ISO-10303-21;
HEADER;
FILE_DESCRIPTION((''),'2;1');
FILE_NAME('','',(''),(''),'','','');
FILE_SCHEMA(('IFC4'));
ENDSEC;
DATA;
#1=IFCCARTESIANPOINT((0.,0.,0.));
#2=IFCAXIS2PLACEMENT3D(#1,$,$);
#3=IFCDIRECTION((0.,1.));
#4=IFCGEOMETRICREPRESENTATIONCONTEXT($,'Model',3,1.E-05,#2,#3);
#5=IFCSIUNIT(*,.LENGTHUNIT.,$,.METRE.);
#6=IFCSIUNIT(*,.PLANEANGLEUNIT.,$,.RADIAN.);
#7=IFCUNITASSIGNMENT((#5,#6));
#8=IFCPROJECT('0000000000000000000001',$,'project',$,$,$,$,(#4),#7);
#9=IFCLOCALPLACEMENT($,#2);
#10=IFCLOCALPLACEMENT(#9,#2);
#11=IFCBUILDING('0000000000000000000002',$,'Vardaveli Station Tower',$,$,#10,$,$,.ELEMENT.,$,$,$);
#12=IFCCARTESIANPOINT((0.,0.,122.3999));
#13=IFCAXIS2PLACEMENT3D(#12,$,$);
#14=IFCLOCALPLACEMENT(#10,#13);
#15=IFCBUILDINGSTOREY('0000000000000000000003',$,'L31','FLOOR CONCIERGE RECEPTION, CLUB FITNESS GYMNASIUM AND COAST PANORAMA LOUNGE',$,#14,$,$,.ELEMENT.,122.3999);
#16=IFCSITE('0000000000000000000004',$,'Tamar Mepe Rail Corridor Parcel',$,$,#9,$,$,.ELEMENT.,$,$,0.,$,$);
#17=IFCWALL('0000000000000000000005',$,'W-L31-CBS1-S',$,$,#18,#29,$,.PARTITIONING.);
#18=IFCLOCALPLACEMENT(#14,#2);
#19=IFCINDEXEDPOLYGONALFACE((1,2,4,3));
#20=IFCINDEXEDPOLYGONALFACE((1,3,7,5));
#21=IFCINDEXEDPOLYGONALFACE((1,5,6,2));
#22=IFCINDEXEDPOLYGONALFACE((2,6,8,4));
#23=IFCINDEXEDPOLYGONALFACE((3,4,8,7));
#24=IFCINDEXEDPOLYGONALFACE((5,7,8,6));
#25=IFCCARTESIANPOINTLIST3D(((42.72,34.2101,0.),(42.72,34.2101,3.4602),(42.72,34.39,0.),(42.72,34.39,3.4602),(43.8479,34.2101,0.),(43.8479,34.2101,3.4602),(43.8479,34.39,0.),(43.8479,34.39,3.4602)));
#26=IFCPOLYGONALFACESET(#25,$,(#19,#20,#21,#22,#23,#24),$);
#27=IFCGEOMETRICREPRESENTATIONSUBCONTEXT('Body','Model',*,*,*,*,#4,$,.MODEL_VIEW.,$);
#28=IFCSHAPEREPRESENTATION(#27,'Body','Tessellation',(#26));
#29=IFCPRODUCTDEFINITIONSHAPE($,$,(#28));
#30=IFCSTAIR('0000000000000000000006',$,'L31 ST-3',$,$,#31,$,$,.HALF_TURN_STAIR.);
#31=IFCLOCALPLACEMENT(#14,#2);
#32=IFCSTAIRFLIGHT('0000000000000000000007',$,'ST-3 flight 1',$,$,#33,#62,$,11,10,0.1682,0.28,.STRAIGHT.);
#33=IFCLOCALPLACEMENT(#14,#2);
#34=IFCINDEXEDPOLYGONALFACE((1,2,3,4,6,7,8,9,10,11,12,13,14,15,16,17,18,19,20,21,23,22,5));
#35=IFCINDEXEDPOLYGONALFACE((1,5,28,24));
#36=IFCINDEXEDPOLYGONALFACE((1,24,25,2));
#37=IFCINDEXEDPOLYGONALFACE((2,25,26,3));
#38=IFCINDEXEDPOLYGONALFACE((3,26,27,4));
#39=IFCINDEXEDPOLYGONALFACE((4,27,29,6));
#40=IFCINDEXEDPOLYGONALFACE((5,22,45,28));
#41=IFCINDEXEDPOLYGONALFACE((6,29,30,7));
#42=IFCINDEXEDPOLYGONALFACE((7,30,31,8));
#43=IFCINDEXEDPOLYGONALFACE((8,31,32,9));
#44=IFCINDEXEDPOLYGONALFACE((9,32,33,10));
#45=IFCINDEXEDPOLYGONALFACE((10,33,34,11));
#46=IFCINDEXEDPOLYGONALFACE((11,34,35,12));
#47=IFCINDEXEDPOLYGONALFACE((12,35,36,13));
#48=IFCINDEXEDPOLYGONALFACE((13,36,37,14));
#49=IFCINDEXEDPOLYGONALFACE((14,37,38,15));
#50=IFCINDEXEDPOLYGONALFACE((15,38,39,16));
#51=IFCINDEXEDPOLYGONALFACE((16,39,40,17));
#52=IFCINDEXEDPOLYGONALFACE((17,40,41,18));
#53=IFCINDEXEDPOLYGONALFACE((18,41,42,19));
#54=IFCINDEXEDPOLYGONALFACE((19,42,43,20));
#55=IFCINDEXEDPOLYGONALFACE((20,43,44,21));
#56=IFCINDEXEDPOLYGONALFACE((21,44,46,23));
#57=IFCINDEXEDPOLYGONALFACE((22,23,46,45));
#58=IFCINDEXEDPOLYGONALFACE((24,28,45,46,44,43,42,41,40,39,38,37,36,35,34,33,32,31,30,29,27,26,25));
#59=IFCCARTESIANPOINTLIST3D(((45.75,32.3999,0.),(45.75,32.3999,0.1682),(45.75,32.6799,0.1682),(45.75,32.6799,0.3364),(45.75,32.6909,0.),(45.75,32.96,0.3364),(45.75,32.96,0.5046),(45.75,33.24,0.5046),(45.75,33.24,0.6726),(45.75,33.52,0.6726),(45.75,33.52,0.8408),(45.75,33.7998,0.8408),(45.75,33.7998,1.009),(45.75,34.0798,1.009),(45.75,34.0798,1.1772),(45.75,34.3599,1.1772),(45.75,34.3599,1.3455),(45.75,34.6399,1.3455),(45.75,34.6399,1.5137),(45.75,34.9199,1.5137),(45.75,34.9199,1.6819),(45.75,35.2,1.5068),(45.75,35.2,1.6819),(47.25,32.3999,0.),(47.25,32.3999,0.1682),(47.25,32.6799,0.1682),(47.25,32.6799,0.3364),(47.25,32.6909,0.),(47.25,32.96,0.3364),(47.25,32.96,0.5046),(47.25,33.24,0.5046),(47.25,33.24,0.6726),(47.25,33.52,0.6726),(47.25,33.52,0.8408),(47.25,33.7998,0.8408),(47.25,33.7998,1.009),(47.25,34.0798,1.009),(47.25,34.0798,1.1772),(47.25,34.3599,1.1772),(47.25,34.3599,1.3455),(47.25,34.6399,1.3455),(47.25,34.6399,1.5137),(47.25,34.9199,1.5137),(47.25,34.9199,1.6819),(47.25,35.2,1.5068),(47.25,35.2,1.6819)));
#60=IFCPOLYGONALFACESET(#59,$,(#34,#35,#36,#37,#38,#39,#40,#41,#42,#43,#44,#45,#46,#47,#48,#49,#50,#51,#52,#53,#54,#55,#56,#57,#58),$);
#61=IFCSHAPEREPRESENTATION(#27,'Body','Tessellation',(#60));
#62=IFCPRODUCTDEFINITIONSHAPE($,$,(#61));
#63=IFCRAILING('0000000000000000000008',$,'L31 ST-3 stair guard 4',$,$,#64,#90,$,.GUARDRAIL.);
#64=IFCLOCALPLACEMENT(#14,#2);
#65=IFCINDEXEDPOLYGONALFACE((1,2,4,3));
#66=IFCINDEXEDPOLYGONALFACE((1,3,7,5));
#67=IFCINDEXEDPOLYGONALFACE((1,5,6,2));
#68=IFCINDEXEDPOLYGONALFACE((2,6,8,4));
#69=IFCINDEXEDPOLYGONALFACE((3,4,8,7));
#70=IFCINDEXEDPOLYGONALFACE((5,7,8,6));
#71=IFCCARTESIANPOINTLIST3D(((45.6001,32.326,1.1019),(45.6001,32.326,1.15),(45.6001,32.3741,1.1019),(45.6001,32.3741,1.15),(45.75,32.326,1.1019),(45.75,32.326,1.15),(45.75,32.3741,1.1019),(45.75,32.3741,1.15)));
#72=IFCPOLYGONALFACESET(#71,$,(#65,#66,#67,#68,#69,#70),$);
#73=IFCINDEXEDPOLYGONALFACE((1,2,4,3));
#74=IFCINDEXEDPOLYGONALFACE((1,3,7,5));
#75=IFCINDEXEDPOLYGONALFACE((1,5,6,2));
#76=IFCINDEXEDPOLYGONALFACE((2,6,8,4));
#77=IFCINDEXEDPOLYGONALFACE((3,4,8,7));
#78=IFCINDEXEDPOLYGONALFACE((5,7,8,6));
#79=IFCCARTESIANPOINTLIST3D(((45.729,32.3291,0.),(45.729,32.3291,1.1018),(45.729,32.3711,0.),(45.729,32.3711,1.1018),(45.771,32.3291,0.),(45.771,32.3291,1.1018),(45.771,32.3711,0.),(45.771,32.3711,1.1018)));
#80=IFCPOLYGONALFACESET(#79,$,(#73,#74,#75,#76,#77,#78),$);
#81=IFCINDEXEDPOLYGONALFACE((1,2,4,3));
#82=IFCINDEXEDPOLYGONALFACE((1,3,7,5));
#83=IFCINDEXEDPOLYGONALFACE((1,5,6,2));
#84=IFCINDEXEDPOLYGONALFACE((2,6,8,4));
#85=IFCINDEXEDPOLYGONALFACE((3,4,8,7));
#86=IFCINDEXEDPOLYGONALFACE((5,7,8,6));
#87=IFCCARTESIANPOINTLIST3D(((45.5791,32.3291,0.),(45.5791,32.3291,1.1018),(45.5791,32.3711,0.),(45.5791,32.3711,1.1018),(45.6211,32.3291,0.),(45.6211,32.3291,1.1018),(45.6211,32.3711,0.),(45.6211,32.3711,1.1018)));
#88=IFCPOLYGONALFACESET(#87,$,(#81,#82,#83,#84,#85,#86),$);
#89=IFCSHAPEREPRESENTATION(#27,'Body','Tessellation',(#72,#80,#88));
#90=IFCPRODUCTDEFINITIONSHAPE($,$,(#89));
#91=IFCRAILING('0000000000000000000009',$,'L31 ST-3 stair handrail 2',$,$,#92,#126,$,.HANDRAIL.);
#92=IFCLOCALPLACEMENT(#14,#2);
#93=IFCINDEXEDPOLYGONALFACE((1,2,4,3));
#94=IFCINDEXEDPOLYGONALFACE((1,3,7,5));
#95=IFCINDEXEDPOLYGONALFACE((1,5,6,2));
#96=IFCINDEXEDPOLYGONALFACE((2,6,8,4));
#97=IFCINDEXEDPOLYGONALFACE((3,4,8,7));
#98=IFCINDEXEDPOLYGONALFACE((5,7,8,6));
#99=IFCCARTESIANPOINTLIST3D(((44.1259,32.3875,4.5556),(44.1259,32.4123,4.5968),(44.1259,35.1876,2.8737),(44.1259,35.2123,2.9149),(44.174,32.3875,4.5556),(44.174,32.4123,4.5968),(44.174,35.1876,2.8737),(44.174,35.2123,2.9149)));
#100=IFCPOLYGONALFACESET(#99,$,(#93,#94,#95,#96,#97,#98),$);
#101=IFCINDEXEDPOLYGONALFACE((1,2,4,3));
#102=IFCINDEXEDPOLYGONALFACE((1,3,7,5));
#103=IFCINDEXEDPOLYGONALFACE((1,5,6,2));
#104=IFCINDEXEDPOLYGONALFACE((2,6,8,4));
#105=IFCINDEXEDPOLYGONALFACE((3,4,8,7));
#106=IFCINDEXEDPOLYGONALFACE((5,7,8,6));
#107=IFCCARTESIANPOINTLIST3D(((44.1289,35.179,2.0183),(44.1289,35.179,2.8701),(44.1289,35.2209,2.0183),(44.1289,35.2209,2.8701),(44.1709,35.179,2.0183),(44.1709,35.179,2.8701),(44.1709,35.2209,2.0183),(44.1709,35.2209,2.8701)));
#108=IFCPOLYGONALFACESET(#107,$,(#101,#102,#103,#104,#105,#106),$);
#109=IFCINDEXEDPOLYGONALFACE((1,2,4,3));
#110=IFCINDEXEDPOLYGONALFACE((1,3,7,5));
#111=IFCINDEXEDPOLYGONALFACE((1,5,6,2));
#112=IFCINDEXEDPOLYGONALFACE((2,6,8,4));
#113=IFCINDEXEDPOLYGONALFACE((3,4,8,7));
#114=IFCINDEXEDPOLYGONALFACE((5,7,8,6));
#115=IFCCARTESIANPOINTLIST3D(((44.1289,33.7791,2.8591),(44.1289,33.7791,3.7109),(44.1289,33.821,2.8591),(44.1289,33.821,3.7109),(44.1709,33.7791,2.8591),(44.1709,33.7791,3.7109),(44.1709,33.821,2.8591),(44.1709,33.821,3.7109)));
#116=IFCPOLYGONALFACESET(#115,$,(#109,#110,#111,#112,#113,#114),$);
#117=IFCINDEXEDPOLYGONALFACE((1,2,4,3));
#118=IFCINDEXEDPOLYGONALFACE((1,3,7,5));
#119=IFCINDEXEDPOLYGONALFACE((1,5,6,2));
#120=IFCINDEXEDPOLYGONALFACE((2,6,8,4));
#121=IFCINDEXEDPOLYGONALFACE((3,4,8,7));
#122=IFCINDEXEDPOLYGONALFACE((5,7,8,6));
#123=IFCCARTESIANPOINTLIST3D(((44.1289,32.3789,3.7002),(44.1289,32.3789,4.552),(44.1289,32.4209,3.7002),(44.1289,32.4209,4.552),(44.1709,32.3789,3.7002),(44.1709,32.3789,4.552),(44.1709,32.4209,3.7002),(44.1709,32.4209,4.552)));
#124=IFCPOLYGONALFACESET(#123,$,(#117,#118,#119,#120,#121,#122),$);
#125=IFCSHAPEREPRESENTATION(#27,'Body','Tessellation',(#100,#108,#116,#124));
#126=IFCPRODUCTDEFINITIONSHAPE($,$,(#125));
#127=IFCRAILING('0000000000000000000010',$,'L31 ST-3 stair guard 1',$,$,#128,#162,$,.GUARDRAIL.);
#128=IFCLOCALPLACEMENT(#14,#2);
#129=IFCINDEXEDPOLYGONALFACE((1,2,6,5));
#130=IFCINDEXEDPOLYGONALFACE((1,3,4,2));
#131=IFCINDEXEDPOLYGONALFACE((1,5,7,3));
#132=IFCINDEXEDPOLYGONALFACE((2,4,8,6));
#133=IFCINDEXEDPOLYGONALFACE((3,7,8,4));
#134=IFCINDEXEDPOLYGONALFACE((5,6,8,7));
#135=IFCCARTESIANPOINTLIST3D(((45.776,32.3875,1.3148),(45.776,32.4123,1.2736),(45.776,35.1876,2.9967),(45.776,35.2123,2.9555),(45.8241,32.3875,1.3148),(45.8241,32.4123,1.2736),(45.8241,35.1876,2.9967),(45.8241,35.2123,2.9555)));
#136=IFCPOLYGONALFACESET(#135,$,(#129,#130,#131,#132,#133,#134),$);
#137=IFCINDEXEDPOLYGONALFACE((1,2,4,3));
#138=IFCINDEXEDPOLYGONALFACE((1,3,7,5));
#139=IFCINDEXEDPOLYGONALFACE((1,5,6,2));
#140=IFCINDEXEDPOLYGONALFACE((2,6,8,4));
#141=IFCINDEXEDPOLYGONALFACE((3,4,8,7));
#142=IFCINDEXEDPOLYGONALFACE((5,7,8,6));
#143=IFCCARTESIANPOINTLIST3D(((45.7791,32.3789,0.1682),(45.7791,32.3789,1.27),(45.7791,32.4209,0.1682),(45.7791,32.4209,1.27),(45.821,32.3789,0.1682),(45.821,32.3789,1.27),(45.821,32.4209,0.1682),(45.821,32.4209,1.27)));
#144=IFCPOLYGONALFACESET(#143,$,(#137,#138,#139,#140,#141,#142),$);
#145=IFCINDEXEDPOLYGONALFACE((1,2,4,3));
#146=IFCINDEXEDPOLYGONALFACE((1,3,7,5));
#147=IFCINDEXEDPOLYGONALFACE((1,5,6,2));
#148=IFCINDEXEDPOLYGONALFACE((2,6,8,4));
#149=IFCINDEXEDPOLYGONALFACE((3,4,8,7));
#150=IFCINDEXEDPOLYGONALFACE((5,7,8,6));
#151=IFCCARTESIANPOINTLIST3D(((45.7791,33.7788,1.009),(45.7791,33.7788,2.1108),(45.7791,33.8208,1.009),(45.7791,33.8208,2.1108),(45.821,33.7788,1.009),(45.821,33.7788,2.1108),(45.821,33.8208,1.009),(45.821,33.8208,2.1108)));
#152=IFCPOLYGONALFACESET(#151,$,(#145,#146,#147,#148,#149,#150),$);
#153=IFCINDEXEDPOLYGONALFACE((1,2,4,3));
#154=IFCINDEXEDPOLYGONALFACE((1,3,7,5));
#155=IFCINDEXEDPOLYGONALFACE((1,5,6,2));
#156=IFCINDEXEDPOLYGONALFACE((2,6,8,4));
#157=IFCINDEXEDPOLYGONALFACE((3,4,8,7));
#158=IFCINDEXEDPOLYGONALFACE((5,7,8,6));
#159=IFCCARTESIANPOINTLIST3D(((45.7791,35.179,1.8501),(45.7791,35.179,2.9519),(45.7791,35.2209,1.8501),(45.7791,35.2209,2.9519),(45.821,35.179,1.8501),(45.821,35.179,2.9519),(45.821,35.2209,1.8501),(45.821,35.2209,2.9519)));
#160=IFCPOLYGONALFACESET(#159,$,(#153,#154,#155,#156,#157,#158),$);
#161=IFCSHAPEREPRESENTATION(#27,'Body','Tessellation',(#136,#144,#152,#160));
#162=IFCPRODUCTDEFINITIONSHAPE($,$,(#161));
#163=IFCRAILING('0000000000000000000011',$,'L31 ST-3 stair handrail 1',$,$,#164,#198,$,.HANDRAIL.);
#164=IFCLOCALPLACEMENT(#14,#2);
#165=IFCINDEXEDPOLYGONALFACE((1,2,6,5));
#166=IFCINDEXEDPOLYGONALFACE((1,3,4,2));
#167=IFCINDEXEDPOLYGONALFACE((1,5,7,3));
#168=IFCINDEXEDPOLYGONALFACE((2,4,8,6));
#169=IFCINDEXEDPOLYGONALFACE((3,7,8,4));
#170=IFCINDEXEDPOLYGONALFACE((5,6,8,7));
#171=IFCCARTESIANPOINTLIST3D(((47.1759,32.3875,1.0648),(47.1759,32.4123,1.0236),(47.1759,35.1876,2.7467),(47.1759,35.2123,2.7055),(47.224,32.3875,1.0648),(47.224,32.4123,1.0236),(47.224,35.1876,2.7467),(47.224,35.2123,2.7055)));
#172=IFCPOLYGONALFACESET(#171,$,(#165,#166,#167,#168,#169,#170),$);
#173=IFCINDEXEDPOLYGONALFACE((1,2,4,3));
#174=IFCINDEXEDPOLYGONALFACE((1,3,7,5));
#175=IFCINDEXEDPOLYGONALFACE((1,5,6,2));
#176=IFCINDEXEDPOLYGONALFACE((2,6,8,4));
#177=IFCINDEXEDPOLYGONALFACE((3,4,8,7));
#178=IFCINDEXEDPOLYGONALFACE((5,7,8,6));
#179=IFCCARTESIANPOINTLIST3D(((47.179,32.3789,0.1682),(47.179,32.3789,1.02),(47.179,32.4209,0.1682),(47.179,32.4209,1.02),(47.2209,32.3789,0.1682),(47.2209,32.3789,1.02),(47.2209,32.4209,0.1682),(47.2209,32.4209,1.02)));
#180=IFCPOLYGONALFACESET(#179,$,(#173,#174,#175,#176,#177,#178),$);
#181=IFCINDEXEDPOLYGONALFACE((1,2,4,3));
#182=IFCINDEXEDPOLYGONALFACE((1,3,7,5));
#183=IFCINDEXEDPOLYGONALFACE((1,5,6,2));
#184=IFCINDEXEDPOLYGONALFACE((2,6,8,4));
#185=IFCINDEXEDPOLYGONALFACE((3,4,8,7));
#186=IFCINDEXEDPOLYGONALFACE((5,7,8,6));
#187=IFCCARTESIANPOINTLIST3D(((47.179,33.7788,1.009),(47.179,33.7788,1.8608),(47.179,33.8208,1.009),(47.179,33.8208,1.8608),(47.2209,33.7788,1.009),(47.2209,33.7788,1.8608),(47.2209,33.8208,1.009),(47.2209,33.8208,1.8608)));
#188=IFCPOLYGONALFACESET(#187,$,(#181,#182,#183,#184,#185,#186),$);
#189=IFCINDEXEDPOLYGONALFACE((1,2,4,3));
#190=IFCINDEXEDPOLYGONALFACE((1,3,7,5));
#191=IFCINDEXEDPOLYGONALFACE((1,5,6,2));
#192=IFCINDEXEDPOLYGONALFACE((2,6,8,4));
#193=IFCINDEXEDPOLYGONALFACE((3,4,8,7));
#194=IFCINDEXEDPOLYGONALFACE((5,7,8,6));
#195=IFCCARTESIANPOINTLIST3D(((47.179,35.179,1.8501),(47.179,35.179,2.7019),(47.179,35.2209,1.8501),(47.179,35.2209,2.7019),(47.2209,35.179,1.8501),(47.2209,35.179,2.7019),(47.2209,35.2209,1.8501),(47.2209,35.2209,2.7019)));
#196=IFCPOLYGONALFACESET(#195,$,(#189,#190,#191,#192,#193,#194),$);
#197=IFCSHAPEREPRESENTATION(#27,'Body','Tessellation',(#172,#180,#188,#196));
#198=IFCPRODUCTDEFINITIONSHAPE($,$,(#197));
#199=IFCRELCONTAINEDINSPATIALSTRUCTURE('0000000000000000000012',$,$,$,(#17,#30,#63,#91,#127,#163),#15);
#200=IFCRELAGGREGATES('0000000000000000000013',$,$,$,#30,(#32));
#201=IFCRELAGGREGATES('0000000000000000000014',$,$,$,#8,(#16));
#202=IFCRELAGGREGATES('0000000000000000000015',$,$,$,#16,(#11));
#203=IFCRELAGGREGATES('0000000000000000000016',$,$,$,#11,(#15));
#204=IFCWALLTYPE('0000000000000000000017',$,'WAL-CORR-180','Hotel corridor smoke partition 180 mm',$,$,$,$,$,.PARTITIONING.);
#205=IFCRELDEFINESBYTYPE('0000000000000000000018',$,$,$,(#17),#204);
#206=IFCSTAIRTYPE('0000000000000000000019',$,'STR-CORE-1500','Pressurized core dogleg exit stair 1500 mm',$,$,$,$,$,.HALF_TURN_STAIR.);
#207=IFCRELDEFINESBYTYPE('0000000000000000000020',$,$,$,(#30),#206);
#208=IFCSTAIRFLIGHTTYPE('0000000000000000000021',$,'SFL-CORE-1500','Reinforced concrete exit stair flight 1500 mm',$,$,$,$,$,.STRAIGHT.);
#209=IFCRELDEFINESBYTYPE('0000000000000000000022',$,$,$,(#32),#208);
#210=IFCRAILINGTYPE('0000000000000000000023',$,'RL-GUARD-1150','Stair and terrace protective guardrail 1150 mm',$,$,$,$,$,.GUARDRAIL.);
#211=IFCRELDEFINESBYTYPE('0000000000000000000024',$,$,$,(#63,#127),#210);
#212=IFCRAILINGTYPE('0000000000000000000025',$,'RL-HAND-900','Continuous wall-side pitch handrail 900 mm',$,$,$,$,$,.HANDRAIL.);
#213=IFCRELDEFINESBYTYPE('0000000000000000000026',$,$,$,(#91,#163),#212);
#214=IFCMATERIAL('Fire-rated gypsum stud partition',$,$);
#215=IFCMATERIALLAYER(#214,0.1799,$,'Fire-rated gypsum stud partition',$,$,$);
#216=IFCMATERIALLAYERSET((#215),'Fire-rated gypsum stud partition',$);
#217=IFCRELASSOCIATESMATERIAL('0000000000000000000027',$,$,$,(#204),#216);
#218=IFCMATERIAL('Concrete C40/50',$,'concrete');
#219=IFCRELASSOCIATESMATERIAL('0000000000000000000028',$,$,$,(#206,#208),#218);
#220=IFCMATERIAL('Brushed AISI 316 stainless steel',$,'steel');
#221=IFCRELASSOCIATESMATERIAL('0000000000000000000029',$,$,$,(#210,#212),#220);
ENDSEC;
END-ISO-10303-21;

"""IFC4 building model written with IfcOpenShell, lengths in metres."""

from ifc_helpers import new_model, si_unit, direction, frame, frame_2d, origin, origin_2d, place, context, subcontext, project, spatial, polyline, rectangle, outline, extrude, source, transform, mapped, material, layer, layer_set, type_object, element, aggregate, save


model = new_model("IFC4")

# Units and contexts
model_context = context("Model", 3, precision=1e-05, world=origin(), true_north=direction((0.0, 1.0)))
body_context = subcontext(model_context, "Body", "Model", "MODEL_VIEW")
ifc_project = project(units=[si_unit("LENGTHUNIT", "METRE"), si_unit("PLANEANGLEUNIT", "RADIAN")], contexts=[model_context])

# Site, building, storey
site_placement = place(None, origin())
site = spatial("IfcSite", under=ifc_project, at=site_placement, Name="Tamar Mepe Rail Corridor Parcel", CompositionType="ELEMENT", RefElevation=0.0)
building_placement = place(site_placement, origin())
building = spatial("IfcBuilding", under=site, at=building_placement, Name="Vardaveli Station Tower", CompositionType="ELEMENT")
storey_placement = place(building_placement, frame((0.0, 0.0, 122.3999)))
storey = spatial("IfcBuildingStorey", under=building, at=storey_placement, Name="L31", Description="FLOOR CONCIERGE RECEPTION, CLUB FITNESS GYMNASIUM AND COAST PANORAMA LOUNGE", CompositionType="ELEMENT", Elevation=122.3999)

# Shared definitions
ifc_material_1 = material(Name="Concrete C40/50", Category="concrete")

# Shared definitions
ifc_material_2 = material(Name="Fire-rated gypsum stud partition")
ifc_layer_1 = layer(ifc_material_2, 0.1799, Name="Fire-rated gypsum stud partition")
ifc_layer_set_1 = layer_set([ifc_layer_1], Name="Fire-rated gypsum stud partition")
wall_type_1 = type_object("IfcWallType", Name="WAL-CORR-180", Description="Hotel corridor smoke partition 180 mm", PredefinedType="PARTITIONING", material=ifc_layer_set_1)

# Wall
shared_shape_1 = source(origin(), body_context, "Body", "SweptSolid", [
    extrude(rectangle(XDim=1.1279, YDim=0.1799, at=frame_2d((0.564, 0.0))), origin(), (0.0, 0.0, 1.0), 3.4602),
])
wall_1_placement = place(storey_placement, frame((42.72, 34.3, 0.0), z_axis=(0.0, 0.0, 1.0), x_axis=(1.0, 0.0, 0.0)))
element("IfcWall", 1, at=wall_1_placement, inside=storey, type_object=wall_type_1, Name="W-L31-CBS1-S", PredefinedType="PARTITIONING", context=body_context, shape_type="MappedRepresentation", body=[
    mapped(shared_shape_1, transform((0.0, 0.0, 0.0), scale=1.0)),
])

# Stair, stair flight
stair_type = type_object("IfcStairType", Name="STR-CORE-1500", Description="Pressurized core dogleg exit stair 1500 mm", PredefinedType="HALF_TURN_STAIR", material=ifc_material_1)
stair_placement = place(storey_placement, origin())
stair = element("IfcStair", 2, at=stair_placement, inside=storey, type_object=stair_type, Name="L31 ST-3", PredefinedType="HALF_TURN_STAIR")
stair_flight_type = type_object("IfcStairFlightType", Name="SFL-CORE-1500", Description="Reinforced concrete exit stair flight 1500 mm", PredefinedType="STRAIGHT", material=ifc_material_1)
shared_shape_2 = source(origin(), body_context, "Body", "SweptSolid", [
    extrude(outline(polyline([(0.0, 0.0), (0.0, 0.1682), (0.28, 0.1682), (0.28, 0.3364), (0.5601, 0.3364), (0.5601, 0.5046), (0.8401, 0.5046), (0.8401, 0.6726), (1.1201, 0.6726), (1.1201, 0.8408), (1.3999, 0.8408), (1.3999, 1.009), (1.6799, 1.009), (1.6799, 1.1772), (1.96, 1.1772), (1.96, 1.3455), (2.24, 1.3455), (2.24, 1.5137), (2.52, 1.5137), (2.52, 1.6819), (2.8, 1.6819), (2.8, 1.8501), (2.8, 1.5068), (0.291, 0.0), (0.0, 0.0)])), frame((0.0, 0.75, 0.0), z_axis=(0.0, -1.0, 0.0), x_axis=(1.0, 0.0, 0.0)), (0.0, 0.0, 1.0), 1.5),
])
stair_flight_placement = place(storey_placement, frame((46.5, 32.3999, 0.0), z_axis=(0.0, 0.0, 1.0), x_axis=(0.0, 1.0, 0.0)))
stair_flight = element("IfcStairFlight", 3, at=stair_flight_placement, type_object=stair_flight_type, Name="ST-3 flight 1", NumberOfRisers=11, NumberOfTreads=10, PredefinedType="STRAIGHT", RiserHeight=0.1682, TreadLength=0.28, context=body_context, shape_type="MappedRepresentation", body=[
    mapped(shared_shape_2, transform((0.0, 0.0, 0.0), scale=1.0)),
])
aggregate(stair, [stair_flight])

# Railings
ifc_material_3 = material(Name="Brushed AISI 316 stainless steel", Category="steel")
railing_type_1 = type_object("IfcRailingType", Name="RL-GUARD-1150", Description="Stair and terrace protective guardrail 1150 mm", PredefinedType="GUARDRAIL", material=ifc_material_3)
shared_shape_3 = source(origin(), body_context, "Body", "SweptSolid", [
    extrude(rectangle(XDim=0.0481, YDim=0.0481, at=origin_2d()), frame((0.0, 0.0, 1.126), z_axis=(-1.0, 0.0, 0.0), x_axis=(0.0, -1.0, 0.0)), (0.0, 0.0, 1.0), 0.1499),
    extrude(rectangle(XDim=0.042, YDim=0.042, at=origin_2d()), origin(), (0.0, 0.0, 1.0), 1.1018),
    extrude(rectangle(XDim=0.042, YDim=0.042, at=origin_2d()), frame((-0.1499, 0.0, 0.0)), (0.0, 0.0, 1.0), 1.1018),
])
railing_1_placement = place(storey_placement, frame((45.75, 32.3501, 0.0)))
element("IfcRailing", 4, at=railing_1_placement, inside=storey, type_object=railing_type_1, Name="L31 ST-3 stair guard 4", PredefinedType="GUARDRAIL", context=body_context, shape_type="MappedRepresentation", body=[
    mapped(shared_shape_3, transform((0.0, 0.0, 0.0), scale=1.0)),
])
railing_type_2 = type_object("IfcRailingType", Name="RL-HAND-900", Description="Continuous wall-side pitch handrail 900 mm", PredefinedType="HANDRAIL", material=ifc_material_3)
shared_shape_4 = source(origin(), body_context, "Body", "SweptSolid", [
    extrude(rectangle(XDim=0.0481, YDim=0.0481, at=origin_2d()), frame((0.0, 0.0, 0.876), z_axis=(0.0, -0.857242, 0.514913), x_axis=(1.0, 0.0, 0.0)), (0.0, 0.0, 1.0), 3.2664),
    extrude(rectangle(XDim=0.042, YDim=0.042, at=origin_2d()), origin(), (0.0, 0.0, 1.0), 0.8518),
    extrude(rectangle(XDim=0.042, YDim=0.042, at=origin_2d()), frame((0.0, -1.3999, 0.8408)), (0.0, 0.0, 1.0), 0.8518),
    extrude(rectangle(XDim=0.042, YDim=0.042, at=origin_2d()), frame((0.0, -2.8, 1.6819)), (0.0, 0.0, 1.0), 0.8518),
])
railing_2_placement = place(storey_placement, frame((44.1499, 35.2, 2.0183)))
element("IfcRailing", 5, at=railing_2_placement, inside=storey, type_object=railing_type_2, Name="L31 ST-3 stair handrail 2", PredefinedType="HANDRAIL", context=body_context, shape_type="MappedRepresentation", body=[
    mapped(shared_shape_4, transform((0.0, 0.0, 0.0), scale=1.0)),
])
shared_shape_5 = source(origin(), body_context, "Body", "SweptSolid", [
    extrude(rectangle(XDim=0.0481, YDim=0.0481, at=origin_2d()), frame((0.0, 0.0, 1.126), z_axis=(0.0, 0.857242, 0.514913), x_axis=(-1.0, 0.0, 0.0)), (0.0, 0.0, 1.0), 3.2664),
    extrude(rectangle(XDim=0.042, YDim=0.042, at=origin_2d()), origin(), (0.0, 0.0, 1.0), 1.1018),
    extrude(rectangle(XDim=0.042, YDim=0.042, at=origin_2d()), frame((0.0, 1.3999, 0.8408)), (0.0, 0.0, 1.0), 1.1018),
    extrude(rectangle(XDim=0.042, YDim=0.042, at=origin_2d()), frame((0.0, 2.8, 1.6819)), (0.0, 0.0, 1.0), 1.1018),
])
railing_3_placement = place(storey_placement, frame((45.8, 32.3999, 0.1682)))
element("IfcRailing", 6, at=railing_3_placement, inside=storey, type_object=railing_type_1, Name="L31 ST-3 stair guard 1", PredefinedType="GUARDRAIL", context=body_context, shape_type="MappedRepresentation", body=[
    mapped(shared_shape_5, transform((0.0, 0.0, 0.0), scale=1.0)),
])
shared_shape_6 = source(origin(), body_context, "Body", "SweptSolid", [
    extrude(rectangle(XDim=0.0481, YDim=0.0481, at=origin_2d()), frame((0.0, 0.0, 0.876), z_axis=(0.0, 0.857242, 0.514913), x_axis=(-1.0, 0.0, 0.0)), (0.0, 0.0, 1.0), 3.2664),
    extrude(rectangle(XDim=0.042, YDim=0.042, at=origin_2d()), origin(), (0.0, 0.0, 1.0), 0.8518),
    extrude(rectangle(XDim=0.042, YDim=0.042, at=origin_2d()), frame((0.0, 1.3999, 0.8408)), (0.0, 0.0, 1.0), 0.8518),
    extrude(rectangle(XDim=0.042, YDim=0.042, at=origin_2d()), frame((0.0, 2.8, 1.6819)), (0.0, 0.0, 1.0), 0.8518),
])
railing_4_placement = place(storey_placement, frame((47.2, 32.3999, 0.1682)))
element("IfcRailing", 7, at=railing_4_placement, inside=storey, type_object=railing_type_2, Name="L31 ST-3 stair handrail 1", PredefinedType="HANDRAIL", context=body_context, shape_type="MappedRepresentation", body=[
    mapped(shared_shape_6, transform((0.0, 0.0, 0.0), scale=1.0)),
])

save(model, "model.ifc")
